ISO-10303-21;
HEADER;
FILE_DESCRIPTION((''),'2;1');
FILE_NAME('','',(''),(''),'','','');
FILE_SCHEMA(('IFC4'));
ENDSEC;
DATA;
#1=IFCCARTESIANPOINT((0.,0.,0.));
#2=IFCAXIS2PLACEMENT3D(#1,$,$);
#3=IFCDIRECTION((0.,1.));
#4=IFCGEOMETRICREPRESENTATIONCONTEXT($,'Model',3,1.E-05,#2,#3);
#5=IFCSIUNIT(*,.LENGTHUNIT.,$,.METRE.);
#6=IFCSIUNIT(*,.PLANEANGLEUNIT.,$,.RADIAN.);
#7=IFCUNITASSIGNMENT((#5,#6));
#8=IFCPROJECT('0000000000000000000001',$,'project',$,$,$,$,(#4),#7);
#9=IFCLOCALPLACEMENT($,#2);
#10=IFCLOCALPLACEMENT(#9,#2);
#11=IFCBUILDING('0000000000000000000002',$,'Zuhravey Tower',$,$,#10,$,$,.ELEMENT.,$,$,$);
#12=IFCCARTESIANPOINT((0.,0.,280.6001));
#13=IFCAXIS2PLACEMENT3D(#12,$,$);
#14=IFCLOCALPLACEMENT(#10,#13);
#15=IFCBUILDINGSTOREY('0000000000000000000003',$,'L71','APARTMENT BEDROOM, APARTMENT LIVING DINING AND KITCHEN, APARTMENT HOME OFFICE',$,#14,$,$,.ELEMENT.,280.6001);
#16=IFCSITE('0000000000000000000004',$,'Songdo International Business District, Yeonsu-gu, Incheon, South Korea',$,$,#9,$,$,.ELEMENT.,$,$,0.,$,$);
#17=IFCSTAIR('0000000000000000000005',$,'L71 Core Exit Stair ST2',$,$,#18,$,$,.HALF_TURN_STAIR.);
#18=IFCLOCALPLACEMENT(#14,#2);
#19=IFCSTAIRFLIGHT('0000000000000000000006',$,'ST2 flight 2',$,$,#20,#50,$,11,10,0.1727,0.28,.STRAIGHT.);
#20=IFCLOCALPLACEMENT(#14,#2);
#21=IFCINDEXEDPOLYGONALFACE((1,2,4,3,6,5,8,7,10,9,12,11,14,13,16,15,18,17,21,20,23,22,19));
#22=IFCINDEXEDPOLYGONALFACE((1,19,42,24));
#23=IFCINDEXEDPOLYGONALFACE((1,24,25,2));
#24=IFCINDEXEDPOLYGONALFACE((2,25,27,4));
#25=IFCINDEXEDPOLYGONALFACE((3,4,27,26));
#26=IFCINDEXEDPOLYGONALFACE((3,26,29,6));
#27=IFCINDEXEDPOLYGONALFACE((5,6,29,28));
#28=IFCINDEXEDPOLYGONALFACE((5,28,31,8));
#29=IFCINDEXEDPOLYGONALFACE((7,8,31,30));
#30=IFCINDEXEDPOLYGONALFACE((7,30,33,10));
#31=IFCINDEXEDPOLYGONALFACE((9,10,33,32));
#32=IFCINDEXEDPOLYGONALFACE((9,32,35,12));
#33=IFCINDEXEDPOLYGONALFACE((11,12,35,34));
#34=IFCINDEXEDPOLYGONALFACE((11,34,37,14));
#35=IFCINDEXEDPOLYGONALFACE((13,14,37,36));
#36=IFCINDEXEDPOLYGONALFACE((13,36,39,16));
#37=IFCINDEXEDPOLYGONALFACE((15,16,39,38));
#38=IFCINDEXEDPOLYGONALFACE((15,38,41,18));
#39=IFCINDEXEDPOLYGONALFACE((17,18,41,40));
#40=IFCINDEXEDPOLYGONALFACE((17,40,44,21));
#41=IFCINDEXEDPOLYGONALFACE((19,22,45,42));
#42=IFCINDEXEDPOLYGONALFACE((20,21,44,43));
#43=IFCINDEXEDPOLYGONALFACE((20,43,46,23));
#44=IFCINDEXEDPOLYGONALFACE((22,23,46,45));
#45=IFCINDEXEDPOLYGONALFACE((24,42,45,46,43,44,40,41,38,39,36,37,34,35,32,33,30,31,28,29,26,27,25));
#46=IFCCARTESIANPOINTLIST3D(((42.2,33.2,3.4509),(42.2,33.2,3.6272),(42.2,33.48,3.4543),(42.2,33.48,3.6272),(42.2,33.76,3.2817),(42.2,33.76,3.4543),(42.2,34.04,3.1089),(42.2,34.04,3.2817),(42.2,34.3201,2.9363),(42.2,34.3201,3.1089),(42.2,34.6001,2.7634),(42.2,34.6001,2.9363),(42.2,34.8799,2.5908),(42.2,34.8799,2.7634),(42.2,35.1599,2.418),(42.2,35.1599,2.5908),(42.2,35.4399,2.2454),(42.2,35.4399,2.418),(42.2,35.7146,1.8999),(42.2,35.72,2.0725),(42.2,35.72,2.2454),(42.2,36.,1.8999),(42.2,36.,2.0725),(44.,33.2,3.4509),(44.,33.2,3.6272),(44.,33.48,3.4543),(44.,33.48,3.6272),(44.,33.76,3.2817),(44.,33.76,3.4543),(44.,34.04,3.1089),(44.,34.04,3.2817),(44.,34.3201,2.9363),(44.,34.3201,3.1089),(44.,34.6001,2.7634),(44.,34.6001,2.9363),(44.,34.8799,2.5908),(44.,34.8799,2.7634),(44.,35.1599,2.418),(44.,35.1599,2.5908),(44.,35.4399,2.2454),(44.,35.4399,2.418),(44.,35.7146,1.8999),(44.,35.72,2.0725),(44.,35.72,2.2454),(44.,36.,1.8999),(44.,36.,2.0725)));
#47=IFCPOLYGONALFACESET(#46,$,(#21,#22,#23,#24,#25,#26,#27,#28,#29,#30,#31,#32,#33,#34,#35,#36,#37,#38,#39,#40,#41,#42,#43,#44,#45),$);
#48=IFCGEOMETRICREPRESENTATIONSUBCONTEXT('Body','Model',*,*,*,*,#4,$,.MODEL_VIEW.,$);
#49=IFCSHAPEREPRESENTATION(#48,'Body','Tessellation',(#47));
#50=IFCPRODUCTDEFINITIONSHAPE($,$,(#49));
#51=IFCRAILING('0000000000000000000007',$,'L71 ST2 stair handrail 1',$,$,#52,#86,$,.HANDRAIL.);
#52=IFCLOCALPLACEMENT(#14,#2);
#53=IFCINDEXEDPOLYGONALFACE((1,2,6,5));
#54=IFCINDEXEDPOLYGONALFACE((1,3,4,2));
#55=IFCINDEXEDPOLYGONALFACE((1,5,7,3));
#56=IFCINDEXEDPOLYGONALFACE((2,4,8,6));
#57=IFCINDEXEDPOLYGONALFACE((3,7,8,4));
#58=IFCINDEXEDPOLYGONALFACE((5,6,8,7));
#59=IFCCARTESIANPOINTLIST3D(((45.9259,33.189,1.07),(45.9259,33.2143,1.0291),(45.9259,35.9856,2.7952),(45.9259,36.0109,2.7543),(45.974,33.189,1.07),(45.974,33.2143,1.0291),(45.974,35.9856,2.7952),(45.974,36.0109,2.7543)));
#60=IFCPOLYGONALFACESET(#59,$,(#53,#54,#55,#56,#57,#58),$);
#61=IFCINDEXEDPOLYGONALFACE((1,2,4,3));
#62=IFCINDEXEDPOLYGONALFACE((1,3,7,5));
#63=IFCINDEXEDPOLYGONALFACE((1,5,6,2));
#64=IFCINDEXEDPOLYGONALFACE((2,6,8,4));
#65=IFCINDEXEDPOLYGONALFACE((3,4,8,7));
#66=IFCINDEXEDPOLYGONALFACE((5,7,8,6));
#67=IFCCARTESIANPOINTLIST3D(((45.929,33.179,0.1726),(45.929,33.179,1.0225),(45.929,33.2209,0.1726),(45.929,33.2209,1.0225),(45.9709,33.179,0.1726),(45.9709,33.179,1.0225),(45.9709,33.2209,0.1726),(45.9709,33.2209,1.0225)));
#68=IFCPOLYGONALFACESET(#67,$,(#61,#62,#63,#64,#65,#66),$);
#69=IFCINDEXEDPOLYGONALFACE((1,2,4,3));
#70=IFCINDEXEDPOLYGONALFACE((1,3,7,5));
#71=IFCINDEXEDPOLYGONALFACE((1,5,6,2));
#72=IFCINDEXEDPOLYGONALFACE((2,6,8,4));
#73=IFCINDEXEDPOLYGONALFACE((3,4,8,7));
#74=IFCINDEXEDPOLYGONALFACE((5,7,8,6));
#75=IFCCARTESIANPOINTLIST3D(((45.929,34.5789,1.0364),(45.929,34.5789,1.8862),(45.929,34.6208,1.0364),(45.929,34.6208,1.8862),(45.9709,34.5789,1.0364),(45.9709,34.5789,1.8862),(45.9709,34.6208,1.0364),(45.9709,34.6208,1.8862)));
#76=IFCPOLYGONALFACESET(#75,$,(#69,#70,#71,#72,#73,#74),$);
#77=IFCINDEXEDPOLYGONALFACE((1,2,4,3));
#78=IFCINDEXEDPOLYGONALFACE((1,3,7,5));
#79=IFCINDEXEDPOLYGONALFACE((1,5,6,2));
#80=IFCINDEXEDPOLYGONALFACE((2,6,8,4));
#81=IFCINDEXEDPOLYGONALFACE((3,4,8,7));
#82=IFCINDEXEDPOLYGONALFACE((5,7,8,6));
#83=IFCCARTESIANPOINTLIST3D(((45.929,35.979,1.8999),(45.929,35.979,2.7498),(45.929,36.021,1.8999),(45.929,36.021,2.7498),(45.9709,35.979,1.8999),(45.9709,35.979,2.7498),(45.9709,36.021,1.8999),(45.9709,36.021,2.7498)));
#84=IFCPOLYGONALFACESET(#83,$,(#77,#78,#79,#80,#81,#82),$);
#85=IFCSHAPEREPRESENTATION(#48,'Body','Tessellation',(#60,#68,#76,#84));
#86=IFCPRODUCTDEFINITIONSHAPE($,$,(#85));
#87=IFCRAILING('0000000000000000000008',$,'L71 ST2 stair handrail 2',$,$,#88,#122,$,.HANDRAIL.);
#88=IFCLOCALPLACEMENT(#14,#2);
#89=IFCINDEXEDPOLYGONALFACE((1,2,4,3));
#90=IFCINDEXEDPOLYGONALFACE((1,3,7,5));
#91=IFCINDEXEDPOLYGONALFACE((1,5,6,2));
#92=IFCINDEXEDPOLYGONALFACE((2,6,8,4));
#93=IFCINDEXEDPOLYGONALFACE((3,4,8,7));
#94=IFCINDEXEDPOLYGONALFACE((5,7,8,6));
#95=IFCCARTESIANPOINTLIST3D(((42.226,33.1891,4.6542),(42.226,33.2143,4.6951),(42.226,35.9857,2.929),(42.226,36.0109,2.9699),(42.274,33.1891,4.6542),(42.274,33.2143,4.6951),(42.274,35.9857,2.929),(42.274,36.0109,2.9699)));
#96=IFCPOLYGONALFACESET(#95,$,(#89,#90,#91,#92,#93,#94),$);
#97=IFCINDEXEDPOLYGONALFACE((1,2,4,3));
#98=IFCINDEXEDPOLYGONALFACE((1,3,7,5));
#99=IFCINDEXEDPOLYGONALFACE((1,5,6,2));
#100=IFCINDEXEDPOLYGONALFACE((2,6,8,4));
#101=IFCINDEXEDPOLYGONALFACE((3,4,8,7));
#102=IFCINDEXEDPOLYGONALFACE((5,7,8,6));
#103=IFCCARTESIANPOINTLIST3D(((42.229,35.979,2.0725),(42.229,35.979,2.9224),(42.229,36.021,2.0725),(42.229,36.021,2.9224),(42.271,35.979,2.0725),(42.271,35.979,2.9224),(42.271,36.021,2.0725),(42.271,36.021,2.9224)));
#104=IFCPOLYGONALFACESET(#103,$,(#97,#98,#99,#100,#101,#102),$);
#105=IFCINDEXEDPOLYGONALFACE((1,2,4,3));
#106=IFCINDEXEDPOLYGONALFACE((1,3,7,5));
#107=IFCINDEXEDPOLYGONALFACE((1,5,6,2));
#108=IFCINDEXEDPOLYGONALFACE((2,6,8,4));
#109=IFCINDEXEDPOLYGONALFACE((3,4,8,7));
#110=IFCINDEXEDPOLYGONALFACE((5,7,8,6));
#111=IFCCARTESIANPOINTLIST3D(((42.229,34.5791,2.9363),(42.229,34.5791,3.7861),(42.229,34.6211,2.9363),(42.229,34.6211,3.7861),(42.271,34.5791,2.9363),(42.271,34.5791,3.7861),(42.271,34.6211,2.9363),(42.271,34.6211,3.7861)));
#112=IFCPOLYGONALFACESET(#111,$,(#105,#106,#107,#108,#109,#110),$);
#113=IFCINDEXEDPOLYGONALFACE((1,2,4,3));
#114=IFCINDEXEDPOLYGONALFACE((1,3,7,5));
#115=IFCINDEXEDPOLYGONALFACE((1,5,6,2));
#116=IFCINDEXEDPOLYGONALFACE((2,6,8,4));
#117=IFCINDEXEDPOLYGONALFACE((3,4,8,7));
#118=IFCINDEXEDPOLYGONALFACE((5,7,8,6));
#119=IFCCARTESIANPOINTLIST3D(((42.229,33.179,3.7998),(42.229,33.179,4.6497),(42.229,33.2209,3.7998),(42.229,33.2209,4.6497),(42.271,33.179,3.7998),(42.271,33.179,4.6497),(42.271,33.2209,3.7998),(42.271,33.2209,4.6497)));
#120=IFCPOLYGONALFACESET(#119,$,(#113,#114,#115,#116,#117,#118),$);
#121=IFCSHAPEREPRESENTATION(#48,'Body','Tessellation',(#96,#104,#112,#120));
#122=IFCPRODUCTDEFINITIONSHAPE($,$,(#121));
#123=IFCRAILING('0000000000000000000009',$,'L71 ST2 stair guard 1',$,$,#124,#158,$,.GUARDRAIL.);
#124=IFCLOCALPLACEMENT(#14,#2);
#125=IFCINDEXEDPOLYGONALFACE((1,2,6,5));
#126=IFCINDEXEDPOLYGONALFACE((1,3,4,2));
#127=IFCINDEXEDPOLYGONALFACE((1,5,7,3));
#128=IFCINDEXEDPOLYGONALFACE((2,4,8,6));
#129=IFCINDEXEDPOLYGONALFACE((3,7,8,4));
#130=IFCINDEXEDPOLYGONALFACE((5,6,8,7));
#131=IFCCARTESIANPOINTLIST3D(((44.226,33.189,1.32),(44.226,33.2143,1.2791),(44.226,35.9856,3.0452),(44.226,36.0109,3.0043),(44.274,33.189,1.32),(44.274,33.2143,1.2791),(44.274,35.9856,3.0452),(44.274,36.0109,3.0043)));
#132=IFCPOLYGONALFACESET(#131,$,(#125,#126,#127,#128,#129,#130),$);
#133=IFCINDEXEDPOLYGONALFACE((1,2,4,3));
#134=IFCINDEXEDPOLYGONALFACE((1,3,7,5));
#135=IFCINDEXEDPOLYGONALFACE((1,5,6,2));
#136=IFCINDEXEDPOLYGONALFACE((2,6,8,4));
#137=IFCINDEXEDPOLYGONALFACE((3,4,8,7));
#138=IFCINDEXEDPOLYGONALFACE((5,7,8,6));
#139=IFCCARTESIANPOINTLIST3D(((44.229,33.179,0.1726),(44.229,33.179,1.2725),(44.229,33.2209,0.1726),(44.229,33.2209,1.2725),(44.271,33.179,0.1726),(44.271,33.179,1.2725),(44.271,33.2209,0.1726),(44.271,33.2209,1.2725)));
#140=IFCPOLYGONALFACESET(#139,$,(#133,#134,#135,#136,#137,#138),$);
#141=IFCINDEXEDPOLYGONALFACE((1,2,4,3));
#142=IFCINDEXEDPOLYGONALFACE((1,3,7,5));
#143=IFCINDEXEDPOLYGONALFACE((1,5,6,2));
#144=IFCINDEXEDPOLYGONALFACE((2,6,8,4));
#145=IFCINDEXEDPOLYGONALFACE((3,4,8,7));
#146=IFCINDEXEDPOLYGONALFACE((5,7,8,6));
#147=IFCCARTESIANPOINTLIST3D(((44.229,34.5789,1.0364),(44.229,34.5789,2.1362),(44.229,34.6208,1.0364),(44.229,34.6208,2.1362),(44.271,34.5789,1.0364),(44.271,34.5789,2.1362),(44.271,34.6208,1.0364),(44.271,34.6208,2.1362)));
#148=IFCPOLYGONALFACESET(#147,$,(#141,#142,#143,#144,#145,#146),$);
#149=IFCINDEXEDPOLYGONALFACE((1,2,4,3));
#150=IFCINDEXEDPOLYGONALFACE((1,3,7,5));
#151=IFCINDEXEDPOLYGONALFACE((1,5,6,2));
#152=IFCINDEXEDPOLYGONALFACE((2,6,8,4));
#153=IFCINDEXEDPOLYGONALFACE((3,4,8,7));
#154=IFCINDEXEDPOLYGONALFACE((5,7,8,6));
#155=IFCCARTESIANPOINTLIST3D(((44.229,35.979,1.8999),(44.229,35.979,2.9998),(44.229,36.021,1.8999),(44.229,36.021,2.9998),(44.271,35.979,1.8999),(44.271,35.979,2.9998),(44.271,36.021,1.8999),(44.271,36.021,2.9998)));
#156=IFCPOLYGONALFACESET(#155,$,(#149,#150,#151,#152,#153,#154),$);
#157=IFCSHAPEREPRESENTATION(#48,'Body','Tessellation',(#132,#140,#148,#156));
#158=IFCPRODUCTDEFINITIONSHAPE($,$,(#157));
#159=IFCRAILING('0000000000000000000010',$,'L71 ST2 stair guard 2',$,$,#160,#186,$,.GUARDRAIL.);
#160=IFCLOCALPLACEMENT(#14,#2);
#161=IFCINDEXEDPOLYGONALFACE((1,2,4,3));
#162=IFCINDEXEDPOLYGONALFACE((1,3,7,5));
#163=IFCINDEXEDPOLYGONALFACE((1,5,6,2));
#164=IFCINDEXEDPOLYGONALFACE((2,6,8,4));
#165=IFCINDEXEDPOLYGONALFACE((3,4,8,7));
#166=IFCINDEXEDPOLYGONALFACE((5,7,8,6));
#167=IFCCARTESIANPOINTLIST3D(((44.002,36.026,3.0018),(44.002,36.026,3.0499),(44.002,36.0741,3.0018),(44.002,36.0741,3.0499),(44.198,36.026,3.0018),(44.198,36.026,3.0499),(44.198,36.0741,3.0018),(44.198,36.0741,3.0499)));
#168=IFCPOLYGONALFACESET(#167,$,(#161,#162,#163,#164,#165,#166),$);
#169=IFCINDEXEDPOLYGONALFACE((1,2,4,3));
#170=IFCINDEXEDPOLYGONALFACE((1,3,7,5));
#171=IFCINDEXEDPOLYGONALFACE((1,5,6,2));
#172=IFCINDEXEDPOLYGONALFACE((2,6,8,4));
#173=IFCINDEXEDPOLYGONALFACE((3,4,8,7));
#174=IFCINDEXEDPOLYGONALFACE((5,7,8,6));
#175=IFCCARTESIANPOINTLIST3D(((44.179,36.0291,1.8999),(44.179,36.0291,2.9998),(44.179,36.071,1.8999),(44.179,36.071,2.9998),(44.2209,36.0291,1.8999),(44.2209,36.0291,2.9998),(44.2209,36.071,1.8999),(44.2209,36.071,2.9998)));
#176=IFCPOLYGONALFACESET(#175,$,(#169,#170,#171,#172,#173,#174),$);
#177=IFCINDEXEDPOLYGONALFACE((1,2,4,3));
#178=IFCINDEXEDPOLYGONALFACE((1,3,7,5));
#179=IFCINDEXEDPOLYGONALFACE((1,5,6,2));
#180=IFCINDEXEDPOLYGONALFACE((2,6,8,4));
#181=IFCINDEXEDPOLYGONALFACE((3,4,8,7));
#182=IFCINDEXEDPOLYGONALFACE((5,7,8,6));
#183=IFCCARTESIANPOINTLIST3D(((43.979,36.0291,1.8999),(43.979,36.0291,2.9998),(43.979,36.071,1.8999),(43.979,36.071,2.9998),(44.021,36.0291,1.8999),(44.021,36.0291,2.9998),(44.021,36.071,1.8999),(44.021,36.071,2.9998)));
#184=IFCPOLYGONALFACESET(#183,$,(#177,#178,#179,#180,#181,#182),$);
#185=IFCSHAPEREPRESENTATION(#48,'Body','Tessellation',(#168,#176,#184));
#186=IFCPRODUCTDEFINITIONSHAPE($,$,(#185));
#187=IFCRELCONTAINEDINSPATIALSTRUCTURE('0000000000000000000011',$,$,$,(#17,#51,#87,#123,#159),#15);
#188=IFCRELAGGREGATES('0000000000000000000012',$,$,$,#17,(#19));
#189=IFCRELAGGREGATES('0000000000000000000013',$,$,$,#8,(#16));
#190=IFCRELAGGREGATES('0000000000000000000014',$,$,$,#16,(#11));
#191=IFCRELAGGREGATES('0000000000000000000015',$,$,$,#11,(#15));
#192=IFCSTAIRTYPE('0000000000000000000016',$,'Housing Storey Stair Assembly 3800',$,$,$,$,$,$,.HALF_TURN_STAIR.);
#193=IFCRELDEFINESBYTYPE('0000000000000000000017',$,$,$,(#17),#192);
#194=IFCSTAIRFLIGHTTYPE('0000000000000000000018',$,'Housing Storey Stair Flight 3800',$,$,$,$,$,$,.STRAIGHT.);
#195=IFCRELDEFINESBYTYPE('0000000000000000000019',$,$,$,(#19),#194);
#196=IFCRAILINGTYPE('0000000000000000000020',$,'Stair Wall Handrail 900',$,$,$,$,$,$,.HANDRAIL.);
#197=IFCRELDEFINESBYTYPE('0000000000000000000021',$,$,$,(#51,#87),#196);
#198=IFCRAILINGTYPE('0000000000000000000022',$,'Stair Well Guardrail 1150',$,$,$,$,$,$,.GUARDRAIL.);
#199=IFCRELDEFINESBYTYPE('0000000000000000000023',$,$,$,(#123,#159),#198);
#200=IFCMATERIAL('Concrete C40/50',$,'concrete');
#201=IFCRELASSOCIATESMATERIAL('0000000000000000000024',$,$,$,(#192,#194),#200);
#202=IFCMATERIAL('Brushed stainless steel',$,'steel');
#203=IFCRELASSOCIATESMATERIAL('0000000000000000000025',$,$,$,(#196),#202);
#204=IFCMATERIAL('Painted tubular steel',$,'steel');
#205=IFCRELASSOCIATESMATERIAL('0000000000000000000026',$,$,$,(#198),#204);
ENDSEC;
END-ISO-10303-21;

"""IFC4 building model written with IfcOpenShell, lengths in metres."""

from ifc_helpers import new_model, si_unit, direction, frame, origin, origin_2d, place, context, subcontext, project, spatial, polyline, rectangle, outline, extrude, material, type_object, element, aggregate, save


model = new_model("IFC4")

# Units and contexts
model_context = context("Model", 3, precision=1e-05, world=origin(), true_north=direction((0.0, 1.0)))
body_context = subcontext(model_context, "Body", "Model", "MODEL_VIEW")
ifc_project = project(units=[si_unit("LENGTHUNIT", "METRE"), si_unit("PLANEANGLEUNIT", "RADIAN")], contexts=[model_context])

# Site, building, storey
site_placement = place(None, origin())
site = spatial("IfcSite", under=ifc_project, at=site_placement, Name="Songdo International Business District, Yeonsu-gu, Incheon, South Korea", CompositionType="ELEMENT", RefElevation=0.0)
building_placement = place(site_placement, origin())
building = spatial("IfcBuilding", under=site, at=building_placement, Name="Zuhravey Tower", CompositionType="ELEMENT")
storey_placement = place(building_placement, frame((0.0, 0.0, 280.6001)))
storey = spatial("IfcBuildingStorey", under=building, at=storey_placement, Name="L71", Description="APARTMENT BEDROOM, APARTMENT LIVING DINING AND KITCHEN, APARTMENT HOME OFFICE", CompositionType="ELEMENT", Elevation=280.6001)

# Shared definitions
ifc_material_1 = material(Name="Brushed stainless steel", Category="steel")

# Stair, stair flight
ifc_material_2 = material(Name="Concrete C40/50", Category="concrete")
stair_type = type_object("IfcStairType", Name="Housing Storey Stair Assembly 3800", PredefinedType="HALF_TURN_STAIR", material=ifc_material_2)
stair_placement = place(storey_placement, origin())
stair = element("IfcStair", 1, at=stair_placement, inside=storey, type_object=stair_type, Name="L71 Core Exit Stair ST2", PredefinedType="HALF_TURN_STAIR")
stair_flight_type = type_object("IfcStairFlightType", Name="Housing Storey Stair Flight 3800", PredefinedType="STRAIGHT", material=ifc_material_2)
stair_flight_1_placement = place(storey_placement, frame((43.1001, 36.0, 1.8999), z_axis=(0.0, 0.0, 1.0), x_axis=(0.0, -1.0, 0.0)))
stair_flight_1 = element("IfcStairFlight", 2, at=stair_flight_1_placement, type_object=stair_flight_type, Name="ST2 flight 2", NumberOfRisers=11, NumberOfTreads=10, PredefinedType="STRAIGHT", RiserHeight=0.1727, TreadLength=0.28, context=body_context, shape_type="SweptSolid", body=[
    extrude(outline(polyline([(0.0, 0.0), (0.0, 0.1726), (0.28, 0.1726), (0.28, 0.3455), (0.5601, 0.3455), (0.5601, 0.5181), (0.8401, 0.5181), (0.8401, 0.6909), (1.1201, 0.6909), (1.1201, 0.8635), (1.3999, 0.8635), (1.3999, 1.0364), (1.6799, 1.0364), (1.6799, 1.209), (1.96, 1.209), (1.96, 1.3818), (2.24, 1.3818), (2.24, 1.5544), (2.52, 1.5544), (2.52, 1.7273), (2.8, 1.7273), (2.8, 1.8999), (2.8, 1.551), (0.2854, 0.0), (0.0, 0.0)])), frame((0.0, 0.8999, 0.0), z_axis=(0.0, -1.0, 0.0), x_axis=(1.0, 0.0, 0.0)), (0.0, 0.0, 1.0), 1.8),
])
aggregate(stair, [stair_flight_1])

# Railings
railing_type_1 = type_object("IfcRailingType", Name="Stair Wall Handrail 900", PredefinedType="HANDRAIL", material=ifc_material_1)
railing_1_placement = place(storey_placement, frame((45.95, 33.2, 0.1726)))
element("IfcRailing", 3, at=railing_1_placement, inside=storey, type_object=railing_type_1, Name="L71 ST2 stair handrail 1", PredefinedType="HANDRAIL", context=body_context, shape_type="SweptSolid", body=[
    extrude(rectangle(XDim=0.0481, YDim=0.0481, at=origin_2d()), frame((0.0, 0.0017, 0.877), z_axis=(0.0, 0.85109, 0.52502), x_axis=(-1.0, 0.0, 0.0)), (0.0, 0.0, 1.0), 3.2859),
    extrude(rectangle(XDim=0.042, YDim=0.042, at=origin_2d()), origin(), (0.0, 0.0, 1.0), 0.8499),
    extrude(rectangle(XDim=0.042, YDim=0.042, at=origin_2d()), frame((0.0, 1.3999, 0.8638)), (0.0, 0.0, 1.0), 0.8499),
    extrude(rectangle(XDim=0.042, YDim=0.042, at=origin_2d()), frame((0.0, 2.8, 1.7273)), (0.0, 0.0, 1.0), 0.8499),
])
railing_2_placement = place(storey_placement, frame((42.25, 36.0, 2.0725)))
element("IfcRailing", 4, at=railing_2_placement, inside=storey, type_object=railing_type_1, Name="L71 ST2 stair handrail 2", PredefinedType="HANDRAIL", context=body_context, shape_type="SweptSolid", body=[
    extrude(rectangle(XDim=0.0481, YDim=0.0481, at=origin_2d()), frame((0.0, -0.0017, 0.877), z_axis=(0.0, -0.85109, 0.52502), x_axis=(1.0, 0.0, 0.0)), (0.0, 0.0, 1.0), 3.2859),
    extrude(rectangle(XDim=0.042, YDim=0.042, at=origin_2d()), origin(), (0.0, 0.0, 1.0), 0.8499),
    extrude(rectangle(XDim=0.042, YDim=0.042, at=origin_2d()), frame((0.0, -1.3999, 0.8638)), (0.0, 0.0, 1.0), 0.8499),
    extrude(rectangle(XDim=0.042, YDim=0.042, at=origin_2d()), frame((0.0, -2.8, 1.7273)), (0.0, 0.0, 1.0), 0.8499),
])
ifc_material_3 = material(Name="Painted tubular steel", Category="steel")
railing_type_2 = type_object("IfcRailingType", Name="Stair Well Guardrail 1150", PredefinedType="GUARDRAIL", material=ifc_material_3)
railing_3_placement = place(storey_placement, frame((44.25, 33.2, 0.1726)))
element("IfcRailing", 5, at=railing_3_placement, inside=storey, type_object=railing_type_2, Name="L71 ST2 stair guard 1", PredefinedType="GUARDRAIL", context=body_context, shape_type="SweptSolid", body=[
    extrude(rectangle(XDim=0.0481, YDim=0.0481, at=origin_2d()), frame((0.0, 0.0017, 1.127), z_axis=(0.0, 0.85109, 0.52502), x_axis=(-1.0, 0.0, 0.0)), (0.0, 0.0, 1.0), 3.2859),
    extrude(rectangle(XDim=0.042, YDim=0.042, at=origin_2d()), origin(), (0.0, 0.0, 1.0), 1.0999),
    extrude(rectangle(XDim=0.042, YDim=0.042, at=origin_2d()), frame((0.0, 1.3999, 0.8638)), (0.0, 0.0, 1.0), 1.0999),
    extrude(rectangle(XDim=0.042, YDim=0.042, at=origin_2d()), frame((0.0, 2.8, 1.7273)), (0.0, 0.0, 1.0), 1.0999),
])
railing_4_placement = place(storey_placement, frame((44.2, 36.05, 1.8999)))
element("IfcRailing", 6, at=railing_4_placement, inside=storey, type_object=railing_type_2, Name="L71 ST2 stair guard 2", PredefinedType="GUARDRAIL", context=body_context, shape_type="SweptSolid", body=[
    extrude(rectangle(XDim=0.0481, YDim=0.0481, at=origin_2d()), frame((-0.002, 0.0, 1.126), z_axis=(-1.0, 0.0, 0.0), x_axis=(0.0, -1.0, 0.0)), (0.0, 0.0, 1.0), 0.196),
    extrude(rectangle(XDim=0.042, YDim=0.042, at=origin_2d()), origin(), (0.0, 0.0, 1.0), 1.0999),
    extrude(rectangle(XDim=0.042, YDim=0.042, at=origin_2d()), frame((-0.2, 0.0, 0.0)), (0.0, 0.0, 1.0), 1.0999),
])

save(model, "model.ifc")
